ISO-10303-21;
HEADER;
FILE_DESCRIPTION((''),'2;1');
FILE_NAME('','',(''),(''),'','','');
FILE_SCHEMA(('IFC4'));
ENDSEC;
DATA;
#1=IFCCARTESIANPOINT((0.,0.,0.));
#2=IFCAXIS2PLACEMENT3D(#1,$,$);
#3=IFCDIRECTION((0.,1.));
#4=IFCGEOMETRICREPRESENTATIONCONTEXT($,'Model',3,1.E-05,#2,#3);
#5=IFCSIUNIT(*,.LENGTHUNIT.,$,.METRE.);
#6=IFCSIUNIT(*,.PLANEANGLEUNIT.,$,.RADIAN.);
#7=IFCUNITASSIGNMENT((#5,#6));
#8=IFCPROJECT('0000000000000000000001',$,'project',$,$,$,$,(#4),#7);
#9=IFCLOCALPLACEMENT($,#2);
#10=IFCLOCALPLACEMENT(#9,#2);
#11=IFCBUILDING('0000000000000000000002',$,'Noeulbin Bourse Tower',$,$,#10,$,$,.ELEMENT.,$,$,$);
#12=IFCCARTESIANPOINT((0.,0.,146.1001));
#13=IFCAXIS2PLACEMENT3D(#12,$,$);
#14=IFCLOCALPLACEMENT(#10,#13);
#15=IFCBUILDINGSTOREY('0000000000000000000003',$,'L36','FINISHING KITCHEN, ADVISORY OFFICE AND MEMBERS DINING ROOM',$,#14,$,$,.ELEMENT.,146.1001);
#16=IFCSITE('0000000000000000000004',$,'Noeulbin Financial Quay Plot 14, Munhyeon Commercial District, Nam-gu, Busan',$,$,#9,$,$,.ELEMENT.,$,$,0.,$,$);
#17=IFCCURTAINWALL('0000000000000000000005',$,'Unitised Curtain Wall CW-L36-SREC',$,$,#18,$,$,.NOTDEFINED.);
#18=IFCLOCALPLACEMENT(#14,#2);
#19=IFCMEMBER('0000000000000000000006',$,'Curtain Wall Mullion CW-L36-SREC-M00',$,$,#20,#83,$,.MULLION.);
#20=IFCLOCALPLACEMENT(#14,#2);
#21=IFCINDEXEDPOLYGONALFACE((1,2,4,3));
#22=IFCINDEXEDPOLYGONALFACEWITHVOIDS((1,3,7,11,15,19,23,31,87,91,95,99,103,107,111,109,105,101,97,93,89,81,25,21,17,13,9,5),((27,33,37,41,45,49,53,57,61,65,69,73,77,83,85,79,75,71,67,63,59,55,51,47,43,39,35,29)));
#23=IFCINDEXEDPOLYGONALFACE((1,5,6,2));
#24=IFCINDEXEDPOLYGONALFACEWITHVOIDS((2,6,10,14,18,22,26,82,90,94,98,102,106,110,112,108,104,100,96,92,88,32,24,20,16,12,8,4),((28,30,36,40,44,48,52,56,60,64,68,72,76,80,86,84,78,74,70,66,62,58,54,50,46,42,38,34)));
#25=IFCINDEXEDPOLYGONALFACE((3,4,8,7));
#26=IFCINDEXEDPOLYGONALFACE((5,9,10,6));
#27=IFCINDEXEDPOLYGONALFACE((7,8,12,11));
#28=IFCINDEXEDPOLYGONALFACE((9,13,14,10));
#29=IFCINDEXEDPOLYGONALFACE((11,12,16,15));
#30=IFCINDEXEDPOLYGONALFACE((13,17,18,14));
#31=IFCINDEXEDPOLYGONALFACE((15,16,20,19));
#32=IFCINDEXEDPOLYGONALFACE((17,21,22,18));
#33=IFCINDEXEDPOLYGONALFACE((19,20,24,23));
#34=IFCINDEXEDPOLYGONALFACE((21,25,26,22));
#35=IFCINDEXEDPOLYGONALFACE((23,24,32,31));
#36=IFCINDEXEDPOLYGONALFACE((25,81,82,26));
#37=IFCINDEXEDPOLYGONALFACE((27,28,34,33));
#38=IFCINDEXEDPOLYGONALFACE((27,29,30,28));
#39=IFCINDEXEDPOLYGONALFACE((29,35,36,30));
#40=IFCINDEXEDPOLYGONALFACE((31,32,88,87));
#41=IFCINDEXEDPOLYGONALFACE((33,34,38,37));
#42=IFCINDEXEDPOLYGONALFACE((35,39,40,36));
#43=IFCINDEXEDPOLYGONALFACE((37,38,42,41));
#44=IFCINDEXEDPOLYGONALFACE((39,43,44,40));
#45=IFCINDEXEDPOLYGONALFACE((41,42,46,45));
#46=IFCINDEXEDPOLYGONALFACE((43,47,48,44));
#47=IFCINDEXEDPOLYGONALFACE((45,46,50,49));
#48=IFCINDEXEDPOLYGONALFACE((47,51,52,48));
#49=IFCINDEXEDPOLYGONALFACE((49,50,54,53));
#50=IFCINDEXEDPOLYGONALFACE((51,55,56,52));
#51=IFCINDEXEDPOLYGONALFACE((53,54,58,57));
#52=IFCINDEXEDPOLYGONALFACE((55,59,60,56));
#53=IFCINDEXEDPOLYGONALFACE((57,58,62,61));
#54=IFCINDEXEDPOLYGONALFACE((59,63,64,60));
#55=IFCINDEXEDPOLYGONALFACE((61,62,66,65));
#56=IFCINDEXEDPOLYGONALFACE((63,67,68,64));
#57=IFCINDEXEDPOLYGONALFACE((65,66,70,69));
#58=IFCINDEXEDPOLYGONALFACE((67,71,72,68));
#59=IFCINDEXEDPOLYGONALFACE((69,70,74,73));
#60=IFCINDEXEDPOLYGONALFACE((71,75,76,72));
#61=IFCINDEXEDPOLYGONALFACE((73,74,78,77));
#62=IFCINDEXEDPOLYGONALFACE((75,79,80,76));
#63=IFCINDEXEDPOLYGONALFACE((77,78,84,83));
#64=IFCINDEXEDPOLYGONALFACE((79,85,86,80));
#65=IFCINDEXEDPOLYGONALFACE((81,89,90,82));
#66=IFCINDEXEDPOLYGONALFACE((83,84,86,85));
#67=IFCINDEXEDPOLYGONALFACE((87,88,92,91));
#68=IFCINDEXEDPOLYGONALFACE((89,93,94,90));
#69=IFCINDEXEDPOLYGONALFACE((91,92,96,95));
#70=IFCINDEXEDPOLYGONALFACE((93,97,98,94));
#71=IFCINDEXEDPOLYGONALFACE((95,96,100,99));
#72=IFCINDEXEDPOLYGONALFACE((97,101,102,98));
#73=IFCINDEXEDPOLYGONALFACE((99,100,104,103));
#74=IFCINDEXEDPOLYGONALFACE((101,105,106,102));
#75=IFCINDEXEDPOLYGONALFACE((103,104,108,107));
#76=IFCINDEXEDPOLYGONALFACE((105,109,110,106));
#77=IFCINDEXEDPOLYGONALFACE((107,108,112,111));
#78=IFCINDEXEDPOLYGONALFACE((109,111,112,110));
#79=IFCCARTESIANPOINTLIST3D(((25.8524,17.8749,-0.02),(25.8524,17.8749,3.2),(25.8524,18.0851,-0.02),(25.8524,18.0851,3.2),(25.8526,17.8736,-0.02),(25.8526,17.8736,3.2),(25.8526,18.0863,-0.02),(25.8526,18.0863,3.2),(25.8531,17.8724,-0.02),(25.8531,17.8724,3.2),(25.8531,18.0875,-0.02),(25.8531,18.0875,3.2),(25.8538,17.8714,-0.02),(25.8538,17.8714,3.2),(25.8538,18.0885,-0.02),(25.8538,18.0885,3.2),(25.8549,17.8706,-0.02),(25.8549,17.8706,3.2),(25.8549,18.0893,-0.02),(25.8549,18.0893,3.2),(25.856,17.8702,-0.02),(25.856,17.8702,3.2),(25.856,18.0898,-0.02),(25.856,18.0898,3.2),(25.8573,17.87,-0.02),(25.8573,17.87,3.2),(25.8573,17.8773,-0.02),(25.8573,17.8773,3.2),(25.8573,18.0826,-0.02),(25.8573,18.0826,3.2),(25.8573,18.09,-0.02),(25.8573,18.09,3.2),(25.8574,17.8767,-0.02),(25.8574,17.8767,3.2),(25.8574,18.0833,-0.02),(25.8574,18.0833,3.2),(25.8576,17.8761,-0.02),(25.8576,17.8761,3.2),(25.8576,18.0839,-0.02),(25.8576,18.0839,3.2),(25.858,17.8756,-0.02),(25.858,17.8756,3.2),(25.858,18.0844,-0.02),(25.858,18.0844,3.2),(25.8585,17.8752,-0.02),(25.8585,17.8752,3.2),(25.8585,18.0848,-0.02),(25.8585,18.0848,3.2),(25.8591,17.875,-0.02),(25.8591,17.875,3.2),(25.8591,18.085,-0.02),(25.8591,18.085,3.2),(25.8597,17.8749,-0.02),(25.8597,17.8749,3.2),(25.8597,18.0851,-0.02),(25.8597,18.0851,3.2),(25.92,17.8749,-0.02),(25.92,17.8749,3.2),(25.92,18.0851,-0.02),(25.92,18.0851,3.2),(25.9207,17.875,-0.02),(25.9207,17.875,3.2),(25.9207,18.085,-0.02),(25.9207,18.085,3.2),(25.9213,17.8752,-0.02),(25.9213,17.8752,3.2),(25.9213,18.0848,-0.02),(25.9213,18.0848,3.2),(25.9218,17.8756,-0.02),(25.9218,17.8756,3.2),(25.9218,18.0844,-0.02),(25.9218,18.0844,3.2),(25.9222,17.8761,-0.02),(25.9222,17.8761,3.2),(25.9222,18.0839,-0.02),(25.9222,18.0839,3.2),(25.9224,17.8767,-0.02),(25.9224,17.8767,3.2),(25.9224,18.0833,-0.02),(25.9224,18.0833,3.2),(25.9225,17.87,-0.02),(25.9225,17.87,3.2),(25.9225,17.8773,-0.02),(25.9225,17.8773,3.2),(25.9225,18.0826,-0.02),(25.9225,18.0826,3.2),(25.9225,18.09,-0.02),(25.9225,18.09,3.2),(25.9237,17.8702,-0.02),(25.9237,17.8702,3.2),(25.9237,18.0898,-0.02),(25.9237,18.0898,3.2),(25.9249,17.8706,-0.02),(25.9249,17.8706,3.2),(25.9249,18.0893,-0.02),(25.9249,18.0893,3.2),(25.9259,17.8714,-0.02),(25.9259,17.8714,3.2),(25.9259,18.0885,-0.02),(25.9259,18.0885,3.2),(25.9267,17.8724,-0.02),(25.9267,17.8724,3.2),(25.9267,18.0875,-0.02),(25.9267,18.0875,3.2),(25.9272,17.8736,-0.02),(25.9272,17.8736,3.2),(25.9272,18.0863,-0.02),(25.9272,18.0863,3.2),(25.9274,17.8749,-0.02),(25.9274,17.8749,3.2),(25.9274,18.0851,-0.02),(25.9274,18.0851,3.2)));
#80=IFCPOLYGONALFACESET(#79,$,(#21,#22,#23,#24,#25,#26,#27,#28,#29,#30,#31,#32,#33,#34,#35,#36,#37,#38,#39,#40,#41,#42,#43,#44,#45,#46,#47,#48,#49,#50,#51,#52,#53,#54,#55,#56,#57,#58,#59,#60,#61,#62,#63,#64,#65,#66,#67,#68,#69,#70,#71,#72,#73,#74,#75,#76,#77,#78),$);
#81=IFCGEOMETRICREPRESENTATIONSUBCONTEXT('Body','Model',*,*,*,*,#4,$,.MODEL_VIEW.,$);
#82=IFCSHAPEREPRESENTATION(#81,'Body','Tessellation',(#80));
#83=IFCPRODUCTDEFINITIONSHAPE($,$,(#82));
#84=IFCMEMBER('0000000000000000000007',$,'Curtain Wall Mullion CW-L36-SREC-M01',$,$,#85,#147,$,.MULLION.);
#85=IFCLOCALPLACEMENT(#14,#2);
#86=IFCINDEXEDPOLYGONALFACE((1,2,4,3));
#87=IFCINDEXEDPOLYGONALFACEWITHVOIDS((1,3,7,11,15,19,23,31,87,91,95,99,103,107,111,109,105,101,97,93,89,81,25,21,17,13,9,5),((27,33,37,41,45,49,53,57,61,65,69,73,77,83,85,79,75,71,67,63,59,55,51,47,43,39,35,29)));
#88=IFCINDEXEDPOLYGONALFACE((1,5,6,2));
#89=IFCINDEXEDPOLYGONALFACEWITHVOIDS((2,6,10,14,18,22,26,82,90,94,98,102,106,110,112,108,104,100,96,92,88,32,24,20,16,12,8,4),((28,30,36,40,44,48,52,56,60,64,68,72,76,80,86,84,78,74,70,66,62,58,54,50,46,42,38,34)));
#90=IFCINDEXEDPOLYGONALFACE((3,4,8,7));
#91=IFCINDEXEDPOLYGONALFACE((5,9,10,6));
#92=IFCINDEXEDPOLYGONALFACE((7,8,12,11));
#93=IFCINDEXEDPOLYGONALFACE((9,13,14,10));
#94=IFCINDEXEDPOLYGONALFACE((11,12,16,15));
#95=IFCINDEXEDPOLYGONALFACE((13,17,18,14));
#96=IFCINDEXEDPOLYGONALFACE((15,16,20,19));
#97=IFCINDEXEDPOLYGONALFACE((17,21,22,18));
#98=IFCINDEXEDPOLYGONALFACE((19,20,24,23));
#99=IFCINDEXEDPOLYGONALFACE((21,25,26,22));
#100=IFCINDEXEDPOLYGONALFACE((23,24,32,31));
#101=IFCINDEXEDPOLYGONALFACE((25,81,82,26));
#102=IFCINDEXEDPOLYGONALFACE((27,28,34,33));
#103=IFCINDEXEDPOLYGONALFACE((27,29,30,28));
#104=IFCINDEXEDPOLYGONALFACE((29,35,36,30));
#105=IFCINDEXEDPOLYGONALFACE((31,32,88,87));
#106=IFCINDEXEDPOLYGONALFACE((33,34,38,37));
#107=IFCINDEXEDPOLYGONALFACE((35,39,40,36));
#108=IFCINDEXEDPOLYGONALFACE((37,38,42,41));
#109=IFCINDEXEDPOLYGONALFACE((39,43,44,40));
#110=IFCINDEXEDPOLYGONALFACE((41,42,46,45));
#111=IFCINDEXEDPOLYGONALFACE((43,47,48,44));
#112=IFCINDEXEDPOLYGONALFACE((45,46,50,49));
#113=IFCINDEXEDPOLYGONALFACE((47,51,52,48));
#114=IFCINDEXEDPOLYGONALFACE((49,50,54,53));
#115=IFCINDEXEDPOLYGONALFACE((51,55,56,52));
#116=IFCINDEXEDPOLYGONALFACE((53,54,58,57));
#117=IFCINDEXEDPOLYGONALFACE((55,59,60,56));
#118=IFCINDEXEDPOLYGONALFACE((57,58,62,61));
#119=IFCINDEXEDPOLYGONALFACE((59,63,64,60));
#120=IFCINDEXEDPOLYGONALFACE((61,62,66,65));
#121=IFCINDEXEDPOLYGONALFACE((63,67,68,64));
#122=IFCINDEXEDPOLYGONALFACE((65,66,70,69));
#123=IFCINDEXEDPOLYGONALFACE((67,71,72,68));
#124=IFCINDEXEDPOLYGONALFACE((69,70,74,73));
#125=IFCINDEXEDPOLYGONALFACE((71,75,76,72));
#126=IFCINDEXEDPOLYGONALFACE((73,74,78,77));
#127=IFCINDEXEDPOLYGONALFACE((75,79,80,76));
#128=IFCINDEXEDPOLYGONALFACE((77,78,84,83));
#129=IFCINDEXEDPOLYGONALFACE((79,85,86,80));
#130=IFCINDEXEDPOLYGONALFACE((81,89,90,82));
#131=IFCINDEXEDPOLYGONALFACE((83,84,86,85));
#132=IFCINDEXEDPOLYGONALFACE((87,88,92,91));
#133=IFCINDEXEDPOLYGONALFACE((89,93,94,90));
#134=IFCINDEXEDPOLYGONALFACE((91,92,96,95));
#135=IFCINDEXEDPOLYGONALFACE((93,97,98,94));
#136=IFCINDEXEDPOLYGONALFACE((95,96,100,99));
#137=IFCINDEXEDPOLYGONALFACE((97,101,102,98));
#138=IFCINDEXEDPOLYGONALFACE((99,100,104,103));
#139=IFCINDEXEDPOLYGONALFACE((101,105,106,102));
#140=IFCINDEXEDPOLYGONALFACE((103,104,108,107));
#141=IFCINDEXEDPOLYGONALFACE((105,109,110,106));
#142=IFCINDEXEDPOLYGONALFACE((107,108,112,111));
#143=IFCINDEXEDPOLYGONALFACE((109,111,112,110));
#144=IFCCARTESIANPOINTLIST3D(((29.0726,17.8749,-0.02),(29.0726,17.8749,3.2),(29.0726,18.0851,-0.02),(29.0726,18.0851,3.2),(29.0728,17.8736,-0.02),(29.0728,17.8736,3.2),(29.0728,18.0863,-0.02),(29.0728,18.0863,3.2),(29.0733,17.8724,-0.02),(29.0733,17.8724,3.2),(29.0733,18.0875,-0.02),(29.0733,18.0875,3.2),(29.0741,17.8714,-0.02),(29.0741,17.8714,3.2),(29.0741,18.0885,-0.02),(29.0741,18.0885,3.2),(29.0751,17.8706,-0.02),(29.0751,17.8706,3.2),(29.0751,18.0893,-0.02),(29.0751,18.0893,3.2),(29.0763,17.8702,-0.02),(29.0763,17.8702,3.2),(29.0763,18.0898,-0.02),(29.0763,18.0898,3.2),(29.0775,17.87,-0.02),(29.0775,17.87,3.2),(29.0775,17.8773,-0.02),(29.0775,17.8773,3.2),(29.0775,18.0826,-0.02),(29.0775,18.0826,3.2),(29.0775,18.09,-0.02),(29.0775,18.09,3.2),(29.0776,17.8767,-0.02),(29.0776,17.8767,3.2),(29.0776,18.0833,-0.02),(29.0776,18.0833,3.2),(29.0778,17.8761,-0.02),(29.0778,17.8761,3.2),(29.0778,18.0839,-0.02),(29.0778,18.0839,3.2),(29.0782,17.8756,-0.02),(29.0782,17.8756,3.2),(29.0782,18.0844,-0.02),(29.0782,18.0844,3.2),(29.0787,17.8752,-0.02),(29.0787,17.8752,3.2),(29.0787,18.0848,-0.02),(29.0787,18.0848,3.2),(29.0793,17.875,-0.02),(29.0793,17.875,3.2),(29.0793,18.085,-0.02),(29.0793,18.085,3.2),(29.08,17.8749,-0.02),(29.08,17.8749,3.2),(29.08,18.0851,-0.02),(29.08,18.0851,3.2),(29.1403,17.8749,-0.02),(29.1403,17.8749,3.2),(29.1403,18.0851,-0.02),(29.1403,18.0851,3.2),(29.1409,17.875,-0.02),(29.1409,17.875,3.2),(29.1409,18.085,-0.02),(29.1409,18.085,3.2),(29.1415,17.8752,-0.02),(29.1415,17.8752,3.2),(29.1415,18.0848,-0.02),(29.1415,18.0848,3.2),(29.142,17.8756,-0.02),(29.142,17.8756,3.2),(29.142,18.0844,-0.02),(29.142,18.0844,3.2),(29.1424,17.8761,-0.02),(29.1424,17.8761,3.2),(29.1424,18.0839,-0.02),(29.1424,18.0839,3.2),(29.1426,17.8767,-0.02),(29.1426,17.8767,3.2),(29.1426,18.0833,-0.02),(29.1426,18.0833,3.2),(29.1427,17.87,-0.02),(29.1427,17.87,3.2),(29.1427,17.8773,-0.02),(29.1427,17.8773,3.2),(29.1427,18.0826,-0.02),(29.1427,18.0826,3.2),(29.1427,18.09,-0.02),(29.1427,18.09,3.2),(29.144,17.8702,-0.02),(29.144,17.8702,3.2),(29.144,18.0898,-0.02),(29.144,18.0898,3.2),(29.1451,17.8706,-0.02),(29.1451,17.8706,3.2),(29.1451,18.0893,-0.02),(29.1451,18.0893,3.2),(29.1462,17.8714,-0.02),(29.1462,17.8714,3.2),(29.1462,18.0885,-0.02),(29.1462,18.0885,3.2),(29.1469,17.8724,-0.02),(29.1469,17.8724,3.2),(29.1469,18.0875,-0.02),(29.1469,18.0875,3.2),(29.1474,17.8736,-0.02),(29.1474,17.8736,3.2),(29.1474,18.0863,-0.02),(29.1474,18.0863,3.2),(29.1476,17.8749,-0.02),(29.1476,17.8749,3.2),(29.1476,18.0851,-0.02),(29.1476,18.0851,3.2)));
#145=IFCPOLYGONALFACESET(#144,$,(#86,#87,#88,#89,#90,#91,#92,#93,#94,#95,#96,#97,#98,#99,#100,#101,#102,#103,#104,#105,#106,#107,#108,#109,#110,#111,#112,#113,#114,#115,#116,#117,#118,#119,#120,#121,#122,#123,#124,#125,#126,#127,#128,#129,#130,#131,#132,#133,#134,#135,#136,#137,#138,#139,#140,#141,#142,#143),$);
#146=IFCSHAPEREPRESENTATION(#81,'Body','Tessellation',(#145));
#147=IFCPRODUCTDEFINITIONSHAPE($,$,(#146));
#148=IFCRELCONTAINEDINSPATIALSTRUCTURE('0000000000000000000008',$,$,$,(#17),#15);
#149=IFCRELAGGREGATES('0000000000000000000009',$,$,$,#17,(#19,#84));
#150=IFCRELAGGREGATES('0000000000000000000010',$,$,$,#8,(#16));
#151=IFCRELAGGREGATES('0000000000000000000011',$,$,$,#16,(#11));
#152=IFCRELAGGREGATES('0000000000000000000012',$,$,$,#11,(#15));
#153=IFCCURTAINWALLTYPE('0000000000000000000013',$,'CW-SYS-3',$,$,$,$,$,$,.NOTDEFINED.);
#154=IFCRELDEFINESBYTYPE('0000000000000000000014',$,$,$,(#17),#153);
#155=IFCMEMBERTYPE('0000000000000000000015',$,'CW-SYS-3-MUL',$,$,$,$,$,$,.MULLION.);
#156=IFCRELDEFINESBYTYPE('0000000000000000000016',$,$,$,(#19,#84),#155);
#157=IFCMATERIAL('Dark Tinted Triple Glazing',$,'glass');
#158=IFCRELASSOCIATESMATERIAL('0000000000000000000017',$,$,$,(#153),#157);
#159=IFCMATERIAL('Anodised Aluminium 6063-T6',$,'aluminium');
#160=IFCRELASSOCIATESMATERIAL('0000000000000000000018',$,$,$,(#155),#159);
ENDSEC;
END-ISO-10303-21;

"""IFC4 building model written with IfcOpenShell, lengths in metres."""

from ifc_helpers import new_model, si_unit, direction, frame, origin, origin_2d, place, context, subcontext, project, spatial, hollow_rectangle, extrude, material, material_profile, profile_set, type_object, element, aggregate, save


model = new_model("IFC4")

# Units and contexts
model_context = context("Model", 3, precision=1e-05, world=origin(), true_north=direction((0.0, 1.0)))
body_context = subcontext(model_context, "Body", "Model", "MODEL_VIEW")
ifc_project = project(units=[si_unit("LENGTHUNIT", "METRE"), si_unit("PLANEANGLEUNIT", "RADIAN")], contexts=[model_context])

# Site, building, storey
site_placement = place(None, origin())
site = spatial("IfcSite", under=ifc_project, at=site_placement, Name="Noeulbin Financial Quay Plot 14, Munhyeon Commercial District, Nam-gu, Busan", CompositionType="ELEMENT", RefElevation=0.0)
building_placement = place(site_placement, origin())
building = spatial("IfcBuilding", under=site, at=building_placement, Name="Noeulbin Bourse Tower", CompositionType="ELEMENT")
storey_placement = place(building_placement, frame((0.0, 0.0, 146.1001)))
storey = spatial("IfcBuildingStorey", under=building, at=storey_placement, Name="L36", Description="FINISHING KITCHEN, ADVISORY OFFICE AND MEMBERS DINING ROOM", CompositionType="ELEMENT", Elevation=146.1001)

# Curtain wall, members
ifc_material_1 = material(Name="Dark Tinted Triple Glazing", Category="glass")
curtain_wall_type = type_object("IfcCurtainWallType", Name="CW-SYS-3", PredefinedType="NOTDEFINED", material=ifc_material_1)
curtain_wall_1_placement = place(storey_placement, origin())
curtain_wall_1 = element("IfcCurtainWall", 1, at=curtain_wall_1_placement, inside=storey, type_object=curtain_wall_type, Name="Unitised Curtain Wall CW-L36-SREC", PredefinedType="NOTDEFINED")
ifc_material_2 = material(Name="Anodised Aluminium 6063-T6", Category="aluminium")
ifc_material_profile_1 = material_profile(ifc_material_2, hollow_rectangle(XDim=0.075, YDim=0.22, WallThickness=0.0049, InnerFilletRadius=0.0024, OuterFilletRadius=0.0049, at=origin_2d()), Name="ALU-MULL-75x220x5", Category="LoadBearing")
ifc_profile_set_1 = profile_set([ifc_material_profile_1], Name="Anodised Aluminium 6063-T6")
member_type_1 = type_object("IfcMemberType", Name="CW-SYS-3-MUL", PredefinedType="MULLION", material=ifc_profile_set_1)
member_1_placement = place(storey_placement, frame((25.8899, 17.98, -0.02), z_axis=(0.0, 0.0, 1.0), x_axis=(1.0, 0.0, 0.0)))
member_1 = element("IfcMember", 2, at=member_1_placement, type_object=member_type_1, Name="Curtain Wall Mullion CW-L36-SREC-M00", PredefinedType="MULLION", context=body_context, shape_type="SweptSolid", body=[
    extrude(hollow_rectangle(XDim=0.075, YDim=0.22, WallThickness=0.0049, InnerFilletRadius=0.0024, OuterFilletRadius=0.0049, at=origin_2d()), origin(), (0.0, 0.0, 1.0), 3.22),
])
member_2_placement = place(storey_placement, frame((29.1101, 17.98, -0.02), z_axis=(0.0, 0.0, 1.0), x_axis=(1.0, 0.0, 0.0)))
member_2 = element("IfcMember", 3, at=member_2_placement, type_object=member_type_1, Name="Curtain Wall Mullion CW-L36-SREC-M01", PredefinedType="MULLION", context=body_context, shape_type="SweptSolid", body=[
    extrude(hollow_rectangle(XDim=0.075, YDim=0.22, WallThickness=0.0049, InnerFilletRadius=0.0024, OuterFilletRadius=0.0049, at=origin_2d()), origin(), (0.0, 0.0, 1.0), 3.22),
])

aggregate(curtain_wall_1, [member_1, member_2])

save(model, "model.ifc")
